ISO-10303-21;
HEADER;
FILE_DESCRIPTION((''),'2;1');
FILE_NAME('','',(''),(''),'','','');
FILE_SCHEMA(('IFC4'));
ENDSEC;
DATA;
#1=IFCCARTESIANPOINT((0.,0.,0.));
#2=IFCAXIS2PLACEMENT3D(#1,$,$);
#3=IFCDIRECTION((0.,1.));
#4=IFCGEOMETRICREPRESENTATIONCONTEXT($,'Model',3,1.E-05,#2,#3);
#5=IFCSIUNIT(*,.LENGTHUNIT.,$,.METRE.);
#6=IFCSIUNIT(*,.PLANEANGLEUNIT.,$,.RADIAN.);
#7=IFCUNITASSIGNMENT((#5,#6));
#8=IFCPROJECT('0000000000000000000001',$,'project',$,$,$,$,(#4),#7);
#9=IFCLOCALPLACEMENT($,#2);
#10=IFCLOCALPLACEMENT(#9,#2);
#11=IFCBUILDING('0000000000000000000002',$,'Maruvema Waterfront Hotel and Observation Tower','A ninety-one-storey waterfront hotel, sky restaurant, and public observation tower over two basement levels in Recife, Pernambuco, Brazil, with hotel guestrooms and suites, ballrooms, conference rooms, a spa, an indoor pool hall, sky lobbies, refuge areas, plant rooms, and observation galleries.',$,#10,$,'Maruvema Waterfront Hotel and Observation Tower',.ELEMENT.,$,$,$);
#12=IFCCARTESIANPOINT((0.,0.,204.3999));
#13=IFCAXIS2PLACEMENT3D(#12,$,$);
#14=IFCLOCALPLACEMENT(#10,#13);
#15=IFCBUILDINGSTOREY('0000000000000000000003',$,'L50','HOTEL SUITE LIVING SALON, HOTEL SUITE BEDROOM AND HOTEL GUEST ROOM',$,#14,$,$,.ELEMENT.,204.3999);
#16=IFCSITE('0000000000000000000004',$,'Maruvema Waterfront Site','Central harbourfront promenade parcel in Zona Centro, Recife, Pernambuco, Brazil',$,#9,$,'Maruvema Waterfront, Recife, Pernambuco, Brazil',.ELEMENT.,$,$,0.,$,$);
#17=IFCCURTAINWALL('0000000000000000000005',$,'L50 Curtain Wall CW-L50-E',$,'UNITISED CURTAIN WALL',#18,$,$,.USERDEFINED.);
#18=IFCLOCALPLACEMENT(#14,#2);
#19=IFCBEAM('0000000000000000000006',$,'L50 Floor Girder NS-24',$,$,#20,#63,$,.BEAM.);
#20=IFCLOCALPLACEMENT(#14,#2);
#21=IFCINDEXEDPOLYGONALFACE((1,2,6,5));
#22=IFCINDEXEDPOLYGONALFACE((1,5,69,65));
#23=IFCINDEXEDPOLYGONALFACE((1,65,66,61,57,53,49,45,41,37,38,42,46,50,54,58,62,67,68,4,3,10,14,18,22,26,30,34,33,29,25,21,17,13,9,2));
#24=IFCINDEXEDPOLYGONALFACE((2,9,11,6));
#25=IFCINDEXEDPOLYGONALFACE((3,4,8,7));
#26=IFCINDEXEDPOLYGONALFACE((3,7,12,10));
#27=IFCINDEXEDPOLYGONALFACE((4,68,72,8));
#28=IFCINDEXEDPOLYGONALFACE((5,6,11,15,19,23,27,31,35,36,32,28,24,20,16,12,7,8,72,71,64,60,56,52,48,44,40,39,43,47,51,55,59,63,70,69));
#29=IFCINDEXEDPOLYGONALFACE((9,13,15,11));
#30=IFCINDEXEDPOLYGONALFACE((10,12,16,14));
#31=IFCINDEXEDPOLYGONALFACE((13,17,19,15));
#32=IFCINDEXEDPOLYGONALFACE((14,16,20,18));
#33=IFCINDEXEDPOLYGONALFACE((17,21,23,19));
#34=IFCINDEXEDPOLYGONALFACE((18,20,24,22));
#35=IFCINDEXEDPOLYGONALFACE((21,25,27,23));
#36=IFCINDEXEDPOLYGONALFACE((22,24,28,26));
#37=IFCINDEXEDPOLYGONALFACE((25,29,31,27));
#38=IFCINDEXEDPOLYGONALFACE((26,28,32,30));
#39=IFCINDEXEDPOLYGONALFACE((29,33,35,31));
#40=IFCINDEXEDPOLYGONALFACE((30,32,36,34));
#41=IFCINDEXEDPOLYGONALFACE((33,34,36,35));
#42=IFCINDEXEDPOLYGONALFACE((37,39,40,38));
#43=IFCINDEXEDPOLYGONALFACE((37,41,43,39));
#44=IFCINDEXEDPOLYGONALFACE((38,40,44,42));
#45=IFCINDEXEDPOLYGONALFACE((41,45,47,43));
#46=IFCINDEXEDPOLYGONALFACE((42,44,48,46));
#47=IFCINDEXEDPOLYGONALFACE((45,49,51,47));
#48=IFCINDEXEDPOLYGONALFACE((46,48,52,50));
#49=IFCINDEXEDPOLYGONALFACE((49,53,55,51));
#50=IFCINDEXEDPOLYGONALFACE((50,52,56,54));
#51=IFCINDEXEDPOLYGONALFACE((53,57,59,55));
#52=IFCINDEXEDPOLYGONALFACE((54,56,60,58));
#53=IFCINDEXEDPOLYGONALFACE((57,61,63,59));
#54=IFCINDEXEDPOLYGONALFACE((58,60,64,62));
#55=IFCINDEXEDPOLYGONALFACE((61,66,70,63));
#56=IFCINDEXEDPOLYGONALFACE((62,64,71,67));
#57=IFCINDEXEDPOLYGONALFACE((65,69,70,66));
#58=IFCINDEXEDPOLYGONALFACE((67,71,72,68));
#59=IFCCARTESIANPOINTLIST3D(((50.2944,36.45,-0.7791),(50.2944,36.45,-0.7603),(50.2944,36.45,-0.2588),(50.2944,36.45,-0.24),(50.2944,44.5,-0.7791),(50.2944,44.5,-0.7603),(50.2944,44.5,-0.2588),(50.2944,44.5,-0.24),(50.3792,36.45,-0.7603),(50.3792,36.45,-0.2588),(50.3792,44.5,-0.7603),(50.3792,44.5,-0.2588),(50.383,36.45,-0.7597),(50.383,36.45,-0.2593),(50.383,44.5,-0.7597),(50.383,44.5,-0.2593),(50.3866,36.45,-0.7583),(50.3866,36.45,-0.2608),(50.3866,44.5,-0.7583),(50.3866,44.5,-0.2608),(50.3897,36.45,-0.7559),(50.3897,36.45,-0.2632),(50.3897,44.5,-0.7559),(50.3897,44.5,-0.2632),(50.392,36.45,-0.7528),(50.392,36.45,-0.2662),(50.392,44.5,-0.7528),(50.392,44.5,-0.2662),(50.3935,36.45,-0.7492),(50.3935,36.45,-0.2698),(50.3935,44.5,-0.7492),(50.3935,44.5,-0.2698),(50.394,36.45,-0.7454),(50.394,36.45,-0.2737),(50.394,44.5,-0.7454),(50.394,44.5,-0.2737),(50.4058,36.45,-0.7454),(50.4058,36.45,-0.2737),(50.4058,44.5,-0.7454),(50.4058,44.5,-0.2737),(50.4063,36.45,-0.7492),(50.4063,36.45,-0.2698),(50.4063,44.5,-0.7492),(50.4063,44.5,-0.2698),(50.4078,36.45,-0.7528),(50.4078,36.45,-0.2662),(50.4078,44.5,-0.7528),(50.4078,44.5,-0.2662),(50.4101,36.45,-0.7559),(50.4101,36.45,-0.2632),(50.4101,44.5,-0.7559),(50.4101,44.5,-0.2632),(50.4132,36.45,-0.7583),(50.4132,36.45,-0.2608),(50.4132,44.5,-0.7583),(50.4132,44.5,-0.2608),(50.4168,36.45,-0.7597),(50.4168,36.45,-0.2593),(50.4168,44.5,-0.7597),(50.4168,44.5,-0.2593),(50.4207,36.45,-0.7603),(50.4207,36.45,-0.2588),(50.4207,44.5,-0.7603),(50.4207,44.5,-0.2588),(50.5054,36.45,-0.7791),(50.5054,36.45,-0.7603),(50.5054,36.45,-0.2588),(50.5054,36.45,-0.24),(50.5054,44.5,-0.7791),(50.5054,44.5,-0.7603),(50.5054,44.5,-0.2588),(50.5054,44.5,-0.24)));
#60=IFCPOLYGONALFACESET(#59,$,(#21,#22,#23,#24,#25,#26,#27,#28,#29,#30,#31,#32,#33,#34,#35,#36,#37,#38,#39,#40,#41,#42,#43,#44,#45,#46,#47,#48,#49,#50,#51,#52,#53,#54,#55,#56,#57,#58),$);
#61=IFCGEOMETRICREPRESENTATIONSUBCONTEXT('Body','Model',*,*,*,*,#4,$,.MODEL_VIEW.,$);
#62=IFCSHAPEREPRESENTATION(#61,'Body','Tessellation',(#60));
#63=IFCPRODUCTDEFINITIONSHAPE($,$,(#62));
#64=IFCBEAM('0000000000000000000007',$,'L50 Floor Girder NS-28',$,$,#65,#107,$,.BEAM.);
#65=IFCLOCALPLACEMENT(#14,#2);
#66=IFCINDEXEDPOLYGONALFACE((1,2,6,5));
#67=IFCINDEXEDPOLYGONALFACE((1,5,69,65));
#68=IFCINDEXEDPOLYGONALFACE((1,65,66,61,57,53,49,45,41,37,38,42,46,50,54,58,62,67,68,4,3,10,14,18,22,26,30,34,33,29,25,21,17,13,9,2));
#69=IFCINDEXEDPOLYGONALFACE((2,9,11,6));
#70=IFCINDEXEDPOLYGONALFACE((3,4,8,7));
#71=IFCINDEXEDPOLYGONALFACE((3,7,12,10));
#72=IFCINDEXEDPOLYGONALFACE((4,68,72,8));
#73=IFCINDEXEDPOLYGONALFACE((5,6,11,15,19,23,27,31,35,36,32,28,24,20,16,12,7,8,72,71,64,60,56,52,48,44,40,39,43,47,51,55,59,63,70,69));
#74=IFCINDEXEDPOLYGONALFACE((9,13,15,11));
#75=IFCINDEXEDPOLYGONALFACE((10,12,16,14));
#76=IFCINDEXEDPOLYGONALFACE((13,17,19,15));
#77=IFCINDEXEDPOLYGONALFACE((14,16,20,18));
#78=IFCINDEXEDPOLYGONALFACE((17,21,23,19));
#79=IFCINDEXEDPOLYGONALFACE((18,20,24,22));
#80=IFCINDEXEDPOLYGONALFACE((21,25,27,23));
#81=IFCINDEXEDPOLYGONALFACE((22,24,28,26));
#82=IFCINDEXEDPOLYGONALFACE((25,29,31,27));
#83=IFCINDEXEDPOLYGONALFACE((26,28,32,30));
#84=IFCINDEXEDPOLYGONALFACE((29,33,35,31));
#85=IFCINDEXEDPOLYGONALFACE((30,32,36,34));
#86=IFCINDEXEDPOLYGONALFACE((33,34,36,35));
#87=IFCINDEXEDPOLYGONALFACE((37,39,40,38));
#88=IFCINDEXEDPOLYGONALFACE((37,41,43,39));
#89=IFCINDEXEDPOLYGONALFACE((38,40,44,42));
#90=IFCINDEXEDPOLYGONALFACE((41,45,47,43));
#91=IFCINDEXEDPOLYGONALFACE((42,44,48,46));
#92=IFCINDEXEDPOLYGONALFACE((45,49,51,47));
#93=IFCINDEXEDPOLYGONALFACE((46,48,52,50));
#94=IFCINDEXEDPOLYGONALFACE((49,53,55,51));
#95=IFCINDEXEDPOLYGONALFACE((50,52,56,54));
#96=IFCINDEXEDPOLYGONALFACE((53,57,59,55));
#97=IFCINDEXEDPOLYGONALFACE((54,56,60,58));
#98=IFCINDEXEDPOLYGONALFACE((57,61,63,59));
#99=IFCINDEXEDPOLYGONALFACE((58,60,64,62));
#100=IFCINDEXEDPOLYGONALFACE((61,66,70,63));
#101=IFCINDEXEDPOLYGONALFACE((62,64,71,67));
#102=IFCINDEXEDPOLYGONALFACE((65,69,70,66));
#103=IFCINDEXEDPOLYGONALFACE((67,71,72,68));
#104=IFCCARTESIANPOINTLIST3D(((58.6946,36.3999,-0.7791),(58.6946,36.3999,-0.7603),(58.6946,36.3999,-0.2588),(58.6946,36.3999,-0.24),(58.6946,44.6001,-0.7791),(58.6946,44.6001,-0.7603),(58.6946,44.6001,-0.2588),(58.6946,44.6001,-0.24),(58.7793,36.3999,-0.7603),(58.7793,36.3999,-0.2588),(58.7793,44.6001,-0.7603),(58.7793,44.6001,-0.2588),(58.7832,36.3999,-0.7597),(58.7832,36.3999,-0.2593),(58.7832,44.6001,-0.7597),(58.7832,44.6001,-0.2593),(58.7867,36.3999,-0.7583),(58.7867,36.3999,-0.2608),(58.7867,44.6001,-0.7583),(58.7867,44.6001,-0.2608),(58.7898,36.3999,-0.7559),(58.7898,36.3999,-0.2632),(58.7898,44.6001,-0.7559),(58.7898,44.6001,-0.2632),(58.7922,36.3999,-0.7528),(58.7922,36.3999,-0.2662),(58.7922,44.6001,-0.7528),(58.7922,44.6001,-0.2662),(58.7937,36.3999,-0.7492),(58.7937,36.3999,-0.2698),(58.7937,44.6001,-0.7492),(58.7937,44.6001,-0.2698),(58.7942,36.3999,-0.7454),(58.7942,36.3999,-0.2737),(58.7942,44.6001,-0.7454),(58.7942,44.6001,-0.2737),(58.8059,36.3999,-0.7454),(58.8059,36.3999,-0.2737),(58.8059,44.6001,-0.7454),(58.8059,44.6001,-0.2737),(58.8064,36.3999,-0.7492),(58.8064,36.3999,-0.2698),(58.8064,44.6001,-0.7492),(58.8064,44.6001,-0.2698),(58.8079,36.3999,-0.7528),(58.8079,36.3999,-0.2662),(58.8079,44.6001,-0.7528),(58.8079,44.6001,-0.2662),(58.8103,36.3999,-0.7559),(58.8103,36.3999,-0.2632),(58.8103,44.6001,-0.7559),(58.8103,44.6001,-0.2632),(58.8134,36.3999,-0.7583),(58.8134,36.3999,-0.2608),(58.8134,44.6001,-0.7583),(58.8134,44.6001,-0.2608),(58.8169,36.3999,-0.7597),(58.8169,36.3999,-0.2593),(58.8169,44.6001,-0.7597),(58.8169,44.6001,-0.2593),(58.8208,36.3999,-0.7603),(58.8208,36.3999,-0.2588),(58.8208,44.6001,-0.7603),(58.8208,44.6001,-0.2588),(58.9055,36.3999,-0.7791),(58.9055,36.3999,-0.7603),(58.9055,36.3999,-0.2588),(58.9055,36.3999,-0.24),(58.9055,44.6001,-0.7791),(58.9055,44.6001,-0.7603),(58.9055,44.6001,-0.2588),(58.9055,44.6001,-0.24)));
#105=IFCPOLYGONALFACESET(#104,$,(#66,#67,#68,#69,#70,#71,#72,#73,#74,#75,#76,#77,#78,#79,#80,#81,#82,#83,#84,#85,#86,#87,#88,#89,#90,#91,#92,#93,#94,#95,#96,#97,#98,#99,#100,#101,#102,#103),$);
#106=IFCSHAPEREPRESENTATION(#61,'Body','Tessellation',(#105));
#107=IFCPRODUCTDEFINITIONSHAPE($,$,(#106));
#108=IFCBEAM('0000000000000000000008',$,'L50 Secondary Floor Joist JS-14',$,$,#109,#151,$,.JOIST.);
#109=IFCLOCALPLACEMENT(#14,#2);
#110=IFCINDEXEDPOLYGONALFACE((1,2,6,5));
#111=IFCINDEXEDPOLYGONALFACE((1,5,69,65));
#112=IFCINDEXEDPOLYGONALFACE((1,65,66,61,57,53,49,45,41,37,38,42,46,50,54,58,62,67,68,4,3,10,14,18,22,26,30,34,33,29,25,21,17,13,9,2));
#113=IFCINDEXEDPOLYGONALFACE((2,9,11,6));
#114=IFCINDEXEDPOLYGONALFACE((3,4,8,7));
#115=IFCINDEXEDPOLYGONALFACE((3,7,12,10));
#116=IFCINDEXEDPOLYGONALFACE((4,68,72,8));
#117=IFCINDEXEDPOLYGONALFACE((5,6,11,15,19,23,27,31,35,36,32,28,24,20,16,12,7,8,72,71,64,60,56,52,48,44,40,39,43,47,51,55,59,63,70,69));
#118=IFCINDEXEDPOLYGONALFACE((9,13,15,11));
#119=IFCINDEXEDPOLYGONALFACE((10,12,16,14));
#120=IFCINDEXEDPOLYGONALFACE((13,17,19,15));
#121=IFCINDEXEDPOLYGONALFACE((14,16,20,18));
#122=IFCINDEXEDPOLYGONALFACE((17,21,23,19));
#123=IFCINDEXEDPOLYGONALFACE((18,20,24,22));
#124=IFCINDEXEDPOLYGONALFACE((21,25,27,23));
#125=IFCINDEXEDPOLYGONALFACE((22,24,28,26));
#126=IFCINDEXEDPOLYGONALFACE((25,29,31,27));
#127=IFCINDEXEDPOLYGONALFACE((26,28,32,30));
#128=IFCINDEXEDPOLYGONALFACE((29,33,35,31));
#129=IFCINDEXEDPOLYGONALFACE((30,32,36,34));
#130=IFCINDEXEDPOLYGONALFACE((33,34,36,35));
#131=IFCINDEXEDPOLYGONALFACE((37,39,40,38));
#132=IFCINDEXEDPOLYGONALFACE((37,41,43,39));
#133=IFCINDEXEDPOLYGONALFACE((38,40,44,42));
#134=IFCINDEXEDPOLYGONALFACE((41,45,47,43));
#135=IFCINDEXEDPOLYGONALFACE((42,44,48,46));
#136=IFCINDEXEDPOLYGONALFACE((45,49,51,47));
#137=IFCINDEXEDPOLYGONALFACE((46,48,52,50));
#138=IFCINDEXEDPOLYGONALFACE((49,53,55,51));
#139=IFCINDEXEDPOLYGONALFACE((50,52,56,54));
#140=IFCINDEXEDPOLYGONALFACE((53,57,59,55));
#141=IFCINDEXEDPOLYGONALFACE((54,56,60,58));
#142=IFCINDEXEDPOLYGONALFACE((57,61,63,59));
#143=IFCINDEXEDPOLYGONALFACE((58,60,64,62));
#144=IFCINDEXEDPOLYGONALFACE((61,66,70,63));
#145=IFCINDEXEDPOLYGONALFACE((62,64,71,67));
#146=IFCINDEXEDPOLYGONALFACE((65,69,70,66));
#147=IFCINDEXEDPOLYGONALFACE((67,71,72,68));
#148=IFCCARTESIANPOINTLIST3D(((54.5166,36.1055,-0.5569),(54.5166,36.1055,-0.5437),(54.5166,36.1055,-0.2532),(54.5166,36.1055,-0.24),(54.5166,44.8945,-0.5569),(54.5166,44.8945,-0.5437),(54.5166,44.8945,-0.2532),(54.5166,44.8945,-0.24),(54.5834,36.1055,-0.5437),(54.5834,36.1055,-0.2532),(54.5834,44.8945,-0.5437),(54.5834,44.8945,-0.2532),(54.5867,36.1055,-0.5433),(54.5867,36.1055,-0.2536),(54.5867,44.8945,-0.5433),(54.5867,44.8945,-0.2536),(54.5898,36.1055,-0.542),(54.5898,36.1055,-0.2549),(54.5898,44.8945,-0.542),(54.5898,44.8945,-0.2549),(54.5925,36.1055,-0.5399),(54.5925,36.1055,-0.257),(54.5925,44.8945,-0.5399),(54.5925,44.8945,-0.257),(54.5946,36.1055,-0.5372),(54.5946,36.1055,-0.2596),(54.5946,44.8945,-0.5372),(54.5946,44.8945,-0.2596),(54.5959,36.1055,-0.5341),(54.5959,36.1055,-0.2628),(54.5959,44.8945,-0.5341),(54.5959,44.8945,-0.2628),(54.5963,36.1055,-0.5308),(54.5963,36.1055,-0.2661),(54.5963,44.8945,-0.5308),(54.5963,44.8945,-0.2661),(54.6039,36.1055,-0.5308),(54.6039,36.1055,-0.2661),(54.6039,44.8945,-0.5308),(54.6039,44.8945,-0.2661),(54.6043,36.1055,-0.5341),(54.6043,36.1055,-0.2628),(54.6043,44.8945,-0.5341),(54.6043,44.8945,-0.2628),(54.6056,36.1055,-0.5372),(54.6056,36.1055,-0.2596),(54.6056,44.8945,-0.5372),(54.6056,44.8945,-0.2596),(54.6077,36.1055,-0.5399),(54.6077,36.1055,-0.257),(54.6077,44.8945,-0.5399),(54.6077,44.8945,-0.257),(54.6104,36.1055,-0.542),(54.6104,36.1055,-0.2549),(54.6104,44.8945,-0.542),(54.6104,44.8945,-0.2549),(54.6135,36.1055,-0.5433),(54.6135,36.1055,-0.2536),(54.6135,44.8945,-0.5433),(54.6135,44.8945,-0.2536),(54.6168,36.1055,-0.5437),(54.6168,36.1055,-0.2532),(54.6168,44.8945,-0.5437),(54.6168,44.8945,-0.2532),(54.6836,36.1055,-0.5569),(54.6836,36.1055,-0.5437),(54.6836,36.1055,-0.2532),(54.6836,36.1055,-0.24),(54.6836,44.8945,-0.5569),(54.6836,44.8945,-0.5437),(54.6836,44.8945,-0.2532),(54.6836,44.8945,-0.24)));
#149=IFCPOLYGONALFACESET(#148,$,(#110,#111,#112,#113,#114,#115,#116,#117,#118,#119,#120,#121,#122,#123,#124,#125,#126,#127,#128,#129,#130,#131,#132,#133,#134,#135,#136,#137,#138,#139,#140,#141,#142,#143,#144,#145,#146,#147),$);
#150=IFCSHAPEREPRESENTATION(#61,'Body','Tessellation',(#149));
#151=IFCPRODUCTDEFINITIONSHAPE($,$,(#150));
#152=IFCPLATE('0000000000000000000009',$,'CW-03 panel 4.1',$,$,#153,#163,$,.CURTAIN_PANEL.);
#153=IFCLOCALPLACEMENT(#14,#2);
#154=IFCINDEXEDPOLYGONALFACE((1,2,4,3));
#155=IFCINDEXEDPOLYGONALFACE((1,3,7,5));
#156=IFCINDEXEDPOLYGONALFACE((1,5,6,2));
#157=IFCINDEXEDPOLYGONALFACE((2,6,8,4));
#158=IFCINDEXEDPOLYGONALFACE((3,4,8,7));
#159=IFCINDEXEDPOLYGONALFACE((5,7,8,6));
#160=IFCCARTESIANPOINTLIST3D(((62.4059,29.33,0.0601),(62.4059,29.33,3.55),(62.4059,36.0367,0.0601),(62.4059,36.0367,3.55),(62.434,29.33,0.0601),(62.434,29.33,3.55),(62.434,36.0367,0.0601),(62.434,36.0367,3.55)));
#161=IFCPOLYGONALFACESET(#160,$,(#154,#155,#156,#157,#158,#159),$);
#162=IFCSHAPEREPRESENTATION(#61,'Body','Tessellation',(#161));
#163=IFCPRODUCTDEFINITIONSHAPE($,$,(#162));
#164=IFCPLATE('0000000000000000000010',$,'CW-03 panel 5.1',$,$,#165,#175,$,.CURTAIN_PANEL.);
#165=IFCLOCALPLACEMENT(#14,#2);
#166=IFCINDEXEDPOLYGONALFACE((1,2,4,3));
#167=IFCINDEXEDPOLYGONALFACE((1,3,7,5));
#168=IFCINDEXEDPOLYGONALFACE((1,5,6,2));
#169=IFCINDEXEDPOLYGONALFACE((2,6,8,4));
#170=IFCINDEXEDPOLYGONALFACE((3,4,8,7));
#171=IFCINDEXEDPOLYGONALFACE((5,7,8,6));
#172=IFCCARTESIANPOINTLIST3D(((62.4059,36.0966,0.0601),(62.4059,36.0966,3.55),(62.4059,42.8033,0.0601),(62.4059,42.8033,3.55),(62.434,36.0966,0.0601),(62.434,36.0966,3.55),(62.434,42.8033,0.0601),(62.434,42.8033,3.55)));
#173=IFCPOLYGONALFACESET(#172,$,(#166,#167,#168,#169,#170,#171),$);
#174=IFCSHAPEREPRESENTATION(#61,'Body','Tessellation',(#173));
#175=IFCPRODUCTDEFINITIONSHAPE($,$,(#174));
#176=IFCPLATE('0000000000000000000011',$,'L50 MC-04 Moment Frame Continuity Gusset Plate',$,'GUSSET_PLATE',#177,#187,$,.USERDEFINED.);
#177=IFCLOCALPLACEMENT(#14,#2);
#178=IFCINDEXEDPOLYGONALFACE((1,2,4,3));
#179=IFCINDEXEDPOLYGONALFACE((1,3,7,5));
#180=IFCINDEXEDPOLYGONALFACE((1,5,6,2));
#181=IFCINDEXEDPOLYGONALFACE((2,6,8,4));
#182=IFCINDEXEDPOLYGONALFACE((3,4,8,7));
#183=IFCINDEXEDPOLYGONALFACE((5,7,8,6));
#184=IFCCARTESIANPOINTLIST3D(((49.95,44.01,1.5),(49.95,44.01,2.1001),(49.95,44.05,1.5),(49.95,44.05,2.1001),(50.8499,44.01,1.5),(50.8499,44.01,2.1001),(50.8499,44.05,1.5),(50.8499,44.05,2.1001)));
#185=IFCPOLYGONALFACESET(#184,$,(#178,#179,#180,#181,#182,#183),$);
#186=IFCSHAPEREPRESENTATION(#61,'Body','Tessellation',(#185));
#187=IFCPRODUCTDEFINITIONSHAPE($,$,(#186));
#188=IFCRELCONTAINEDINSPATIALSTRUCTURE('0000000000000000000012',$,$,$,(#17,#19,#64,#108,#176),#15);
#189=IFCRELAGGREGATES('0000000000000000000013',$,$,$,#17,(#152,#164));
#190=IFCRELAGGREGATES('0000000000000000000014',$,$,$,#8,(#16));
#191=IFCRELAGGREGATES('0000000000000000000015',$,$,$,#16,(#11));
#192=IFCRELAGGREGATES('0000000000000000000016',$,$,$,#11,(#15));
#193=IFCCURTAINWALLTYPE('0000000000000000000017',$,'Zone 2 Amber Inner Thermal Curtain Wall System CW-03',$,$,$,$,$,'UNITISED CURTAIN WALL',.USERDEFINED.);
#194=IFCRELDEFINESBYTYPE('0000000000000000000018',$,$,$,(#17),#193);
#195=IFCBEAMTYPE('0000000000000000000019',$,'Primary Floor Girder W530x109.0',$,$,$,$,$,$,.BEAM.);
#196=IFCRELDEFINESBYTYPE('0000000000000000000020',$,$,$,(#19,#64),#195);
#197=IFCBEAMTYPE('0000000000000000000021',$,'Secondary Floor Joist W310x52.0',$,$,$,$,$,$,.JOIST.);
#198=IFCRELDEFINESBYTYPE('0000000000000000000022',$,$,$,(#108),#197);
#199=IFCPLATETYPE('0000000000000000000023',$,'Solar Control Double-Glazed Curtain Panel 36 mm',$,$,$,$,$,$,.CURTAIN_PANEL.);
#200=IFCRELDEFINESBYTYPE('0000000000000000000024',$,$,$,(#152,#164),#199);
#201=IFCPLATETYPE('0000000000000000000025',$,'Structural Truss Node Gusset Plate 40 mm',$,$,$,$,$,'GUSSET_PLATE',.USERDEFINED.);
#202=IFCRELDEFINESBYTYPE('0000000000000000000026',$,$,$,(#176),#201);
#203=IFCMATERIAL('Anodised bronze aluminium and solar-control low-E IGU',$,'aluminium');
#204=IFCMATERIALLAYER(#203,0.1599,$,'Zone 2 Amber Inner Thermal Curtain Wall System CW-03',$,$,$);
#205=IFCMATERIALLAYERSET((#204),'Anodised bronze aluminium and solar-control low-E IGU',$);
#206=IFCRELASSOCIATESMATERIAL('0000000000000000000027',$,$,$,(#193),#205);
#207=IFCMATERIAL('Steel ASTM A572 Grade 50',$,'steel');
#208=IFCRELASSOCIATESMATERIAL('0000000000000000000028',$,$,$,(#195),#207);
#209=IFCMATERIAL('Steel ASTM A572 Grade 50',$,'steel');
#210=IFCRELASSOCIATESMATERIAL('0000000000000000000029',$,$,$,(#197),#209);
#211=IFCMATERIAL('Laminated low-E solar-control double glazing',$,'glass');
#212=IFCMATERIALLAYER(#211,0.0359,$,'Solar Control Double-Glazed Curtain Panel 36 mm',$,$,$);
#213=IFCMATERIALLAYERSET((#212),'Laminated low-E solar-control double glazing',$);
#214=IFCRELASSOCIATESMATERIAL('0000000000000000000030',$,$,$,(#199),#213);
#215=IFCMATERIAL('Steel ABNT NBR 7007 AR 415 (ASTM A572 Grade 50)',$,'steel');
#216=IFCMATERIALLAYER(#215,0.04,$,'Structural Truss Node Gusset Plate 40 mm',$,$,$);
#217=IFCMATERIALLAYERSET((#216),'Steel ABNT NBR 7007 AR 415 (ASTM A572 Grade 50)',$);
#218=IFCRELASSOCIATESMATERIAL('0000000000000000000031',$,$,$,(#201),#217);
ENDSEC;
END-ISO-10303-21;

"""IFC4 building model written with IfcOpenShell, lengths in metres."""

from ifc_helpers import new_model, si_unit, direction, frame, origin, origin_2d, place, context, subcontext, project, spatial, rectangle, i_section, extrude, material, layer, layer_set, material_profile, profile_set, type_object, element, aggregate, save


model = new_model("IFC4")

# Units and contexts
model_context = context("Model", 3, precision=1e-05, world=origin(), true_north=direction((0.0, 1.0)))
body_context = subcontext(model_context, "Body", "Model", "MODEL_VIEW")
ifc_project = project(units=[si_unit("LENGTHUNIT", "METRE"), si_unit("PLANEANGLEUNIT", "RADIAN")], contexts=[model_context])

# Site, building, storey
site_placement = place(None, origin())
site = spatial("IfcSite", under=ifc_project, at=site_placement, Name="Maruvema Waterfront Site", Description="Central harbourfront promenade parcel in Zona Centro, Recife, Pernambuco, Brazil", LongName="Maruvema Waterfront, Recife, Pernambuco, Brazil", CompositionType="ELEMENT", RefElevation=0.0)
building_placement = place(site_placement, origin())
building = spatial("IfcBuilding", under=site, at=building_placement, Name="Maruvema Waterfront Hotel and Observation Tower", Description="A ninety-one-storey waterfront hotel, sky restaurant, and public observation tower over two basement levels in Recife, Pernambuco, Brazil, with hotel guestrooms and suites, ballrooms, conference rooms, a spa, an indoor pool hall, sky lobbies, refuge areas, plant rooms, and observation galleries.", LongName="Maruvema Waterfront Hotel and Observation Tower", CompositionType="ELEMENT")
storey_placement = place(building_placement, frame((0.0, 0.0, 204.3999)))
storey = spatial("IfcBuildingStorey", under=building, at=storey_placement, Name="L50", Description="HOTEL SUITE LIVING SALON, HOTEL SUITE BEDROOM AND HOTEL GUEST ROOM", CompositionType="ELEMENT", Elevation=204.3999)

# Curtain wall
ifc_material_1 = material(Name="Anodised bronze aluminium and solar-control low-E IGU", Category="aluminium")
ifc_layer_1 = layer(ifc_material_1, 0.1599, Name="Zone 2 Amber Inner Thermal Curtain Wall System CW-03")
ifc_layer_set_1 = layer_set([ifc_layer_1], Name="Anodised bronze aluminium and solar-control low-E IGU")
curtain_wall_type = type_object("IfcCurtainWallType", Name="Zone 2 Amber Inner Thermal Curtain Wall System CW-03", ElementType="UNITISED CURTAIN WALL", PredefinedType="USERDEFINED", material=ifc_layer_set_1)
curtain_wall_placement = place(storey_placement, origin())
curtain_wall = element("IfcCurtainWall", 1, at=curtain_wall_placement, inside=storey, type_object=curtain_wall_type, Name="L50 Curtain Wall CW-L50-E", ObjectType="UNITISED CURTAIN WALL", PredefinedType="USERDEFINED")

# Beams
ifc_material_2 = material(Name="Steel ASTM A572 Grade 50", Category="steel")
ifc_material_profile_1 = material_profile(ifc_material_2, i_section(OverallWidth=0.2109, OverallDepth=0.5391, WebThickness=0.0117, FlangeThickness=0.0188, FilletRadius=0.0149, at=origin_2d()), Name="W530x109.0")
ifc_profile_set_1 = profile_set([ifc_material_profile_1], Name="Steel ASTM A572 Grade 50")
beam_type_1 = type_object("IfcBeamType", Name="Primary Floor Girder W530x109.0", PredefinedType="BEAM", material=ifc_profile_set_1)
beam_1_placement = place(storey_placement, frame((50.3999, 36.45, -0.5095), z_axis=(0.0, 1.0, 0.0), x_axis=(-1.0, 0.0, 0.0)))
element("IfcBeam", 2, at=beam_1_placement, inside=storey, type_object=beam_type_1, Name="L50 Floor Girder NS-24", PredefinedType="BEAM", context=body_context, shape_type="SweptSolid", body=[
    extrude(i_section(OverallWidth=0.2109, OverallDepth=0.5391, WebThickness=0.0117, FlangeThickness=0.0188, FilletRadius=0.0149, at=origin_2d()), origin(), (0.0, 0.0, 1.0), 8.05),
])
beam_2_placement = place(storey_placement, frame((58.8, 36.3999, -0.5095), z_axis=(0.0, 1.0, 0.0), x_axis=(-1.0, 0.0, 0.0)))
element("IfcBeam", 3, at=beam_2_placement, inside=storey, type_object=beam_type_1, Name="L50 Floor Girder NS-28", PredefinedType="BEAM", context=body_context, shape_type="SweptSolid", body=[
    extrude(i_section(OverallWidth=0.2109, OverallDepth=0.5391, WebThickness=0.0117, FlangeThickness=0.0188, FilletRadius=0.0149, at=origin_2d()), origin(), (0.0, 0.0, 1.0), 8.2002),
])
ifc_material_3 = material(Name="Steel ASTM A572 Grade 50", Category="steel")
ifc_material_profile_2 = material_profile(ifc_material_3, i_section(OverallWidth=0.167, OverallDepth=0.3169, WebThickness=0.0076, FlangeThickness=0.0132, FilletRadius=0.0129, at=origin_2d()), Name="W310x52.0")
ifc_profile_set_2 = profile_set([ifc_material_profile_2], Name="Steel ASTM A572 Grade 50")
beam_type_2 = type_object("IfcBeamType", Name="Secondary Floor Joist W310x52.0", PredefinedType="JOIST", material=ifc_profile_set_2)
beam_3_placement = place(storey_placement, frame((54.6001, 36.1055, -0.3984), z_axis=(0.0, 1.0, 0.0), x_axis=(-1.0, 0.0, 0.0)))
element("IfcBeam", 4, at=beam_3_placement, inside=storey, type_object=beam_type_2, Name="L50 Secondary Floor Joist JS-14", PredefinedType="JOIST", context=body_context, shape_type="SweptSolid", body=[
    extrude(i_section(OverallWidth=0.167, OverallDepth=0.3169, WebThickness=0.0076, FlangeThickness=0.0132, FilletRadius=0.0129, at=origin_2d()), origin(), (0.0, 0.0, 1.0), 8.7891),
])

# Plates
ifc_material_4 = material(Name="Laminated low-E solar-control double glazing", Category="glass")
ifc_layer_2 = layer(ifc_material_4, 0.0359, Name="Solar Control Double-Glazed Curtain Panel 36 mm")
ifc_layer_set_2 = layer_set([ifc_layer_2], Name="Laminated low-E solar-control double glazing")
plate_type_1 = type_object("IfcPlateType", Name="Solar Control Double-Glazed Curtain Panel 36 mm", PredefinedType="CURTAIN_PANEL", material=ifc_layer_set_2)
plate_1_placement = place(storey_placement, frame((62.4199, 32.6833, 0.0601), z_axis=(0.0, 0.0, 1.0), x_axis=(0.0, 1.0, 0.0)))
plate_1 = element("IfcPlate", 5, at=plate_1_placement, type_object=plate_type_1, Name="CW-03 panel 4.1", PredefinedType="CURTAIN_PANEL", context=body_context, shape_type="SweptSolid", body=[
    extrude(rectangle(XDim=6.7068, YDim=0.0281, at=origin_2d()), origin(), (0.0, 0.0, 1.0), 3.49),
])
plate_2_placement = place(storey_placement, frame((62.4199, 39.45, 0.0601), z_axis=(0.0, 0.0, 1.0), x_axis=(0.0, 1.0, 0.0)))
plate_2 = element("IfcPlate", 6, at=plate_2_placement, type_object=plate_type_1, Name="CW-03 panel 5.1", PredefinedType="CURTAIN_PANEL", context=body_context, shape_type="SweptSolid", body=[
    extrude(rectangle(XDim=6.7068, YDim=0.0281, at=origin_2d()), origin(), (0.0, 0.0, 1.0), 3.49),
])
aggregate(curtain_wall, [plate_1, plate_2])
ifc_material_5 = material(Name="Steel ABNT NBR 7007 AR 415 (ASTM A572 Grade 50)", Category="steel")
ifc_layer_3 = layer(ifc_material_5, 0.04, Name="Structural Truss Node Gusset Plate 40 mm")
ifc_layer_set_3 = layer_set([ifc_layer_3], Name="Steel ABNT NBR 7007 AR 415 (ASTM A572 Grade 50)")
plate_type_2 = type_object("IfcPlateType", Name="Structural Truss Node Gusset Plate 40 mm", ElementType="GUSSET_PLATE", PredefinedType="USERDEFINED", material=ifc_layer_set_3)
plate_3_placement = place(storey_placement, frame((50.3999, 44.03, 1.5), z_axis=(0.0, 0.0, 1.0), x_axis=(1.0, 0.0, 0.0)))
element("IfcPlate", 7, at=plate_3_placement, inside=storey, type_object=plate_type_2, Name="L50 MC-04 Moment Frame Continuity Gusset Plate", ObjectType="GUSSET_PLATE", PredefinedType="USERDEFINED", context=body_context, shape_type="SweptSolid", body=[
    extrude(rectangle(XDim=0.8999, YDim=0.04, at=origin_2d()), origin(), (0.0, 0.0, 1.0), 0.6001),
])

save(model, "model.ifc")
